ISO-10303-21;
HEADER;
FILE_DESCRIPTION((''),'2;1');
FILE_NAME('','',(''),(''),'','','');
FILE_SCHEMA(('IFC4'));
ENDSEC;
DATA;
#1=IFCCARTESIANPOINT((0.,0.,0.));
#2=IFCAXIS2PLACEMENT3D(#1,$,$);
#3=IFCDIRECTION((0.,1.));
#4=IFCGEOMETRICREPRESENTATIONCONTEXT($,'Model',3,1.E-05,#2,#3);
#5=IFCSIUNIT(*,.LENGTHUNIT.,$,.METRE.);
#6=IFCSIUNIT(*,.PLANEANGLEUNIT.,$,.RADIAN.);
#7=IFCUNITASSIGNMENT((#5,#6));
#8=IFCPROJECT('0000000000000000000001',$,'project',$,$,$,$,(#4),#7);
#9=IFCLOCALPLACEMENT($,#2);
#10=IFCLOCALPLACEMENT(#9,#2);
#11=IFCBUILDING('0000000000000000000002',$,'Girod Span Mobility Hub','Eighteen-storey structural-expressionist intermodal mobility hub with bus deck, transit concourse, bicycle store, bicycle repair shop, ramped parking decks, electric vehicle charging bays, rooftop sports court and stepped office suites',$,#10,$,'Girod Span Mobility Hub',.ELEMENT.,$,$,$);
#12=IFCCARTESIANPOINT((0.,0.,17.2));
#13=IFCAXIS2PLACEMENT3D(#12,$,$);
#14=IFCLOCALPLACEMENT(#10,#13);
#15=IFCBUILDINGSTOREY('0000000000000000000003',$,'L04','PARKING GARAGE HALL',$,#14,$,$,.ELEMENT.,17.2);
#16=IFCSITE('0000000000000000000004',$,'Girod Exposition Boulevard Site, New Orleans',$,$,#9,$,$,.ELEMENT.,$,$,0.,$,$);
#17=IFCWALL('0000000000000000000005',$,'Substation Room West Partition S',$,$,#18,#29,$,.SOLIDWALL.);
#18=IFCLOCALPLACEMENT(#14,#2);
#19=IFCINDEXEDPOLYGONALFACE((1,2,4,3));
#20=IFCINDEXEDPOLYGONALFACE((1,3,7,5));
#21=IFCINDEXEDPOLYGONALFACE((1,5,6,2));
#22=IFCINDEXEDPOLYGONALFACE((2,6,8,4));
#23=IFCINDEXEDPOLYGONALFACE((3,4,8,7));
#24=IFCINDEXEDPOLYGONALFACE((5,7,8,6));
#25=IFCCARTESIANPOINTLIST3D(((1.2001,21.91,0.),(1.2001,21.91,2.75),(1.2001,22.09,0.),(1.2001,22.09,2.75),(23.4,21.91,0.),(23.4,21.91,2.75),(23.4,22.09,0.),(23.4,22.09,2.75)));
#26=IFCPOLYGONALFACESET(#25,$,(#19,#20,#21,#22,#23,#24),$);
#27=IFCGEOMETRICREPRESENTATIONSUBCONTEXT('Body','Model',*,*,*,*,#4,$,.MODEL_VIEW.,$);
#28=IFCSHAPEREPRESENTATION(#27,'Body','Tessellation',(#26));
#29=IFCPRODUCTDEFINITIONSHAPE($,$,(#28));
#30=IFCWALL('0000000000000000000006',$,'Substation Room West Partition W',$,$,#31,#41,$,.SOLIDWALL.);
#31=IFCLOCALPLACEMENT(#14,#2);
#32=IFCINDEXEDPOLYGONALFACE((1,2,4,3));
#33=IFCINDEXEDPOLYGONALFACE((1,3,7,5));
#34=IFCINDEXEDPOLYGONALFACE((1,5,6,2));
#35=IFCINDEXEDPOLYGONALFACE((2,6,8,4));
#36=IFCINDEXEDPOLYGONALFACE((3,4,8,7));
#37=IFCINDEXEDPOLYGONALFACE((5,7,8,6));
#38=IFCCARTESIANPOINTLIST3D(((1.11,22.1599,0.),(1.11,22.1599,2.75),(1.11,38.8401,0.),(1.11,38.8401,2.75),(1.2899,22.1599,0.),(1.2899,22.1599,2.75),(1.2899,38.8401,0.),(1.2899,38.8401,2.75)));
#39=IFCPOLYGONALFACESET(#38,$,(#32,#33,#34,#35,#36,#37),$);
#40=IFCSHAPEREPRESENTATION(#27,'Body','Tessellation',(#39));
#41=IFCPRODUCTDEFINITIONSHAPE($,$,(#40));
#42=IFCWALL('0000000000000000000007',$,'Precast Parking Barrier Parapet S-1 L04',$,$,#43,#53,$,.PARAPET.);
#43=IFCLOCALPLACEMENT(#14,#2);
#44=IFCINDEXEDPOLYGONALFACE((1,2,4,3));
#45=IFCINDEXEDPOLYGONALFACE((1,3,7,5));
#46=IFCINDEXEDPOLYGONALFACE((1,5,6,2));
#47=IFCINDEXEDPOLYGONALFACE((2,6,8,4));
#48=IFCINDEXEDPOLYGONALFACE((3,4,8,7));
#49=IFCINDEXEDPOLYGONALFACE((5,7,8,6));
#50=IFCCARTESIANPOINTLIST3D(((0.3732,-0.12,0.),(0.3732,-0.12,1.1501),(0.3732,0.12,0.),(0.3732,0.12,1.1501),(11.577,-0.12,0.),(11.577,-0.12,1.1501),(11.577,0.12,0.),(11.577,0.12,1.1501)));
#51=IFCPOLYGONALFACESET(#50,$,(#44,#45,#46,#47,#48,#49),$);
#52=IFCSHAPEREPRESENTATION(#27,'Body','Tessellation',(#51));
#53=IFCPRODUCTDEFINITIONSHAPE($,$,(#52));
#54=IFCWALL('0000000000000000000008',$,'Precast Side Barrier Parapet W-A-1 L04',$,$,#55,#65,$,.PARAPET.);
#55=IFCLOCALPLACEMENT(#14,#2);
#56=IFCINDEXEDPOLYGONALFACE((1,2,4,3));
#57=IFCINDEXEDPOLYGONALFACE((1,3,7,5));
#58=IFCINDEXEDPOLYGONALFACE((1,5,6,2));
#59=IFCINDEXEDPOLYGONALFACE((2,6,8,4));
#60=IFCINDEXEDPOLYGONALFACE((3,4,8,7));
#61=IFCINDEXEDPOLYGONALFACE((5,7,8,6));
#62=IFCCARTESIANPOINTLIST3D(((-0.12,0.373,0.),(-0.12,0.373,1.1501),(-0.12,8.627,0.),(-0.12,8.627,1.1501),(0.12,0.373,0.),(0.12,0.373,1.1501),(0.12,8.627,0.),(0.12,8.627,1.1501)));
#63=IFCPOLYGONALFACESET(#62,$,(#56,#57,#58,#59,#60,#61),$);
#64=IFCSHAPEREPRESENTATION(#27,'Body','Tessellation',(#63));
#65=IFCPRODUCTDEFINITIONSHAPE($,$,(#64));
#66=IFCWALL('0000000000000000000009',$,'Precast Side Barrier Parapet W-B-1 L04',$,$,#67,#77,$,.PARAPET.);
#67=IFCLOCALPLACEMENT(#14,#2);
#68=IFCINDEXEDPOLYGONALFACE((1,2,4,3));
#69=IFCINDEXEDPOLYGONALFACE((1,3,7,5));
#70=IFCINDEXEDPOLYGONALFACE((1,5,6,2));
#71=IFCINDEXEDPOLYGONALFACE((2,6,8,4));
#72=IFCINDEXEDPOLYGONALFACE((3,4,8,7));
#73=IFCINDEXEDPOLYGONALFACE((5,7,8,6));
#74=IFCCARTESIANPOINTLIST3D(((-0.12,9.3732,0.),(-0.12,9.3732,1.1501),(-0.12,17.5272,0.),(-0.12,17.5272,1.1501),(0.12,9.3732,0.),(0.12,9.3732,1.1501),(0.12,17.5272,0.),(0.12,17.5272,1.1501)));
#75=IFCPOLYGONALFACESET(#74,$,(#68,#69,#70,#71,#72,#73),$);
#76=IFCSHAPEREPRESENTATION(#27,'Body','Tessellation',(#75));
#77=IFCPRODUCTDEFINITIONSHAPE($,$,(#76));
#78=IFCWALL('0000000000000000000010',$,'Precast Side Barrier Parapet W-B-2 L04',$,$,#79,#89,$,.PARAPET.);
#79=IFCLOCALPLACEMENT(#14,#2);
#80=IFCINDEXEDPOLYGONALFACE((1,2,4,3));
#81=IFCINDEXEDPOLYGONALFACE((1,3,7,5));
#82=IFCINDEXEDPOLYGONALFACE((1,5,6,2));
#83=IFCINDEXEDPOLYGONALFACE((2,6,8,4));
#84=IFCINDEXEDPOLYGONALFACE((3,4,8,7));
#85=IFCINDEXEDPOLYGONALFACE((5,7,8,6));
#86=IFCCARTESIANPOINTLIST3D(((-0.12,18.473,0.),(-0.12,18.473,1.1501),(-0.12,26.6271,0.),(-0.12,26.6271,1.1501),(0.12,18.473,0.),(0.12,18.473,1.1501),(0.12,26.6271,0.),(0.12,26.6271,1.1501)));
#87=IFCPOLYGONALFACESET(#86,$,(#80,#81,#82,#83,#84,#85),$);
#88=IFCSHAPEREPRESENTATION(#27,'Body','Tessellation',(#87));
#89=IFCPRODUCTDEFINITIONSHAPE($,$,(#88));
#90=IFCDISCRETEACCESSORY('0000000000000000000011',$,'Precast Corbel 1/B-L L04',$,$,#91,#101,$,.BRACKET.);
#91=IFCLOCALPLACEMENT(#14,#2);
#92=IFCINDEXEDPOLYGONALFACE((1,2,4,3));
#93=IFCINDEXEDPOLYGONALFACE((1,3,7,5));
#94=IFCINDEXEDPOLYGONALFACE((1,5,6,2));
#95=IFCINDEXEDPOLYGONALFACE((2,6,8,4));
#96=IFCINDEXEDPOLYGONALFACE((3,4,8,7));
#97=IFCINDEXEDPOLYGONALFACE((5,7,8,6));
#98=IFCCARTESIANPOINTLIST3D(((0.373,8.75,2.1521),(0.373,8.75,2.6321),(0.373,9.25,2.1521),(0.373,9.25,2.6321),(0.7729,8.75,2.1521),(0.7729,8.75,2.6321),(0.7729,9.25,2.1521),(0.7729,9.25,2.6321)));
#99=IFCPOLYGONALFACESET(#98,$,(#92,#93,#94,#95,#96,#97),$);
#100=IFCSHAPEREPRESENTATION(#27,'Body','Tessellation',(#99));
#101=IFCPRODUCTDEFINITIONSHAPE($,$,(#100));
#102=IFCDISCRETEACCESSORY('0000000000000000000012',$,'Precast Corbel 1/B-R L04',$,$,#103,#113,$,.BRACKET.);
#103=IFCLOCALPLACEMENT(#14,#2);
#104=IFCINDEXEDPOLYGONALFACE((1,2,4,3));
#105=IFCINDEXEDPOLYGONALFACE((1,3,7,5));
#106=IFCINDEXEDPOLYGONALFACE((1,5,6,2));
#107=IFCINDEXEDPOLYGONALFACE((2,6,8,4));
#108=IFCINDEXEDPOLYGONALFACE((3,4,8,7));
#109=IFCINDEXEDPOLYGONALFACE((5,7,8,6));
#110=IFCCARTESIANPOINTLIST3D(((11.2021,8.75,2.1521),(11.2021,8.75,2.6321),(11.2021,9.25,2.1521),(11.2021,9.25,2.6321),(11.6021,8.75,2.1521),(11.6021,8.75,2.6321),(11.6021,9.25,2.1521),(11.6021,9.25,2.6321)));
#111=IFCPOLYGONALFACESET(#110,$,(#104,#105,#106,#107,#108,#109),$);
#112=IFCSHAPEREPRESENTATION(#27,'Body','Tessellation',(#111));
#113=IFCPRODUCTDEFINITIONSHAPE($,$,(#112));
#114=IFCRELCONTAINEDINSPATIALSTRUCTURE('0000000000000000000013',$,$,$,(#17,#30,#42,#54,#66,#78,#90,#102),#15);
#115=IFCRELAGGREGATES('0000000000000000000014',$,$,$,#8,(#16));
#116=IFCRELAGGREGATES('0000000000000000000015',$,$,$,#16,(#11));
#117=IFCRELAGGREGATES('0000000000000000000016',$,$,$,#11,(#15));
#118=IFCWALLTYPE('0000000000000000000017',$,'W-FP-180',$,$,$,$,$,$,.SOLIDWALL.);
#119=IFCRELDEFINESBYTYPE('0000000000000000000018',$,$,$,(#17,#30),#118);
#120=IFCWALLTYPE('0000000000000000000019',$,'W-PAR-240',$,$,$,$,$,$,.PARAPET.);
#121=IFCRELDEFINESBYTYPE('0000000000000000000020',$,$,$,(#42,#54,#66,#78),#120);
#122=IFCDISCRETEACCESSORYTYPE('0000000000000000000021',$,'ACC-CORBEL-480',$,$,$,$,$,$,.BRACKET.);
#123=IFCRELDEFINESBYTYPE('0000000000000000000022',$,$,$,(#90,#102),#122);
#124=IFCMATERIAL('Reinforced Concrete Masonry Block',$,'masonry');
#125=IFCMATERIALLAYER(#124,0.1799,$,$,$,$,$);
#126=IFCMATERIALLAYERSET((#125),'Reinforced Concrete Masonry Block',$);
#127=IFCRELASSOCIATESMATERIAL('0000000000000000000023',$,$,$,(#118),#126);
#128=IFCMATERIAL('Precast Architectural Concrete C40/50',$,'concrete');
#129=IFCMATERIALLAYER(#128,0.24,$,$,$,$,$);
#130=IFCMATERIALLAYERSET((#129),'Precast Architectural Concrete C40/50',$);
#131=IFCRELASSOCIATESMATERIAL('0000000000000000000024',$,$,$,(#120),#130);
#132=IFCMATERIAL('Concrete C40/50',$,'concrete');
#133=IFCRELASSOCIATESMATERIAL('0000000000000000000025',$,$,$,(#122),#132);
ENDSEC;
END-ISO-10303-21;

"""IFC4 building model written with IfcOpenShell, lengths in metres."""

from ifc_helpers import new_model, si_unit, direction, frame, frame_2d, origin, origin_2d, place, context, subcontext, project, spatial, rectangle, extrude, material, layer, layer_set, type_object, element, save


model = new_model("IFC4")

# Units and contexts
model_context = context("Model", 3, precision=1e-05, world=origin(), true_north=direction((0.0, 1.0)))
body_context = subcontext(model_context, "Body", "Model", "MODEL_VIEW")
ifc_project = project(units=[si_unit("LENGTHUNIT", "METRE"), si_unit("PLANEANGLEUNIT", "RADIAN")], contexts=[model_context])

# Site, building, storey
site_placement = place(None, origin())
site = spatial("IfcSite", under=ifc_project, at=site_placement, Name="Girod Exposition Boulevard Site, New Orleans", CompositionType="ELEMENT", RefElevation=0.0)
building_placement = place(site_placement, origin())
building = spatial("IfcBuilding", under=site, at=building_placement, Name="Girod Span Mobility Hub", Description="Eighteen-storey structural-expressionist intermodal mobility hub with bus deck, transit concourse, bicycle store, bicycle repair shop, ramped parking decks, electric vehicle charging bays, rooftop sports court and stepped office suites", LongName="Girod Span Mobility Hub", CompositionType="ELEMENT")
storey_placement = place(building_placement, frame((0.0, 0.0, 17.2)))
storey = spatial("IfcBuildingStorey", under=building, at=storey_placement, Name="L04", Description="PARKING GARAGE HALL", CompositionType="ELEMENT", Elevation=17.2)

# Walls
ifc_material_1 = material(Name="Reinforced Concrete Masonry Block", Category="masonry")
ifc_layer_1 = layer(ifc_material_1, 0.1799)
ifc_layer_set_1 = layer_set([ifc_layer_1], Name="Reinforced Concrete Masonry Block")
wall_type_1 = type_object("IfcWallType", Name="W-FP-180", PredefinedType="SOLIDWALL", material=ifc_layer_set_1)
wall_1_placement = place(storey_placement, frame((1.2, 22.0, 0.0), z_axis=(0.0, 0.0, 1.0), x_axis=(1.0, 0.0, 0.0)))
element("IfcWall", 1, at=wall_1_placement, inside=storey, type_object=wall_type_1, Name="Substation Room West Partition S", PredefinedType="SOLIDWALL", context=body_context, shape_type="SweptSolid", body=[
    extrude(rectangle(XDim=22.2, YDim=0.1799, at=frame_2d((11.1001, 0.0))), origin(), (0.0, 0.0, 1.0), 2.75),
])
wall_2_placement = place(storey_placement, frame((1.2, 22.1599, 0.0), z_axis=(0.0, 0.0, 1.0), x_axis=(0.0, 1.0, 0.0)))
element("IfcWall", 2, at=wall_2_placement, inside=storey, type_object=wall_type_1, Name="Substation Room West Partition W", PredefinedType="SOLIDWALL", context=body_context, shape_type="SweptSolid", body=[
    extrude(rectangle(XDim=16.6802, YDim=0.1799, at=frame_2d((8.3401, 0.0))), origin(), (0.0, 0.0, 1.0), 2.75),
])
ifc_material_2 = material(Name="Precast Architectural Concrete C40/50", Category="concrete")
ifc_layer_2 = layer(ifc_material_2, 0.24)
ifc_layer_set_2 = layer_set([ifc_layer_2], Name="Precast Architectural Concrete C40/50")
wall_type_2 = type_object("IfcWallType", Name="W-PAR-240", PredefinedType="PARAPET", material=ifc_layer_set_2)
wall_3_placement = place(storey_placement, frame((0.373, 0.0, 0.0), z_axis=(0.0, 0.0, 1.0), x_axis=(1.0, 0.0, 0.0)))
element("IfcWall", 3, at=wall_3_placement, inside=storey, type_object=wall_type_2, Name="Precast Parking Barrier Parapet S-1 L04", PredefinedType="PARAPET", context=body_context, shape_type="SweptSolid", body=[
    extrude(rectangle(XDim=11.2039, YDim=0.24, at=frame_2d((5.6021, 0.0))), origin(), (0.0, 0.0, 1.0), 1.1501),
])
wall_4_placement = place(storey_placement, frame((0.0, 0.373, 0.0), z_axis=(0.0, 0.0, 1.0), x_axis=(0.0, 1.0, 0.0)))
element("IfcWall", 4, at=wall_4_placement, inside=storey, type_object=wall_type_2, Name="Precast Side Barrier Parapet W-A-1 L04", PredefinedType="PARAPET", context=body_context, shape_type="SweptSolid", body=[
    extrude(rectangle(XDim=8.2539, YDim=0.24, at=frame_2d((4.127, 0.0))), origin(), (0.0, 0.0, 1.0), 1.1501),
])
for number, where, z_axis, x_axis, name in (
    (5, (0.0, 9.373, 0.0), (0.0, 0.0, 1.0), (0.0, 1.0, 0.0), "Precast Side Barrier Parapet W-B-1 L04"),
    (6, (0.0, 18.4729, 0.0), (0.0, 0.0, 1.0), (0.0, 1.0, 0.0), "Precast Side Barrier Parapet W-B-2 L04"),
):
    element("IfcWall", number, at=place(storey_placement, frame(where, z_axis=z_axis, x_axis=x_axis)), inside=storey, type_object=wall_type_2, Name=name, PredefinedType="PARAPET", context=body_context, shape_type="SweptSolid", body=[
        extrude(rectangle(XDim=8.1541, YDim=0.24, at=frame_2d((4.0771, 0.0))), origin(), (0.0, 0.0, 1.0), 1.1501),
    ])

# Discrete accessories
ifc_material_3 = material(Name="Concrete C40/50", Category="concrete")
discrete_accessory_type = type_object("IfcDiscreteAccessoryType", Name="ACC-CORBEL-480", PredefinedType="BRACKET", material=ifc_material_3)
for number, where, z_axis, x_axis, name in (
    (7, (0.573, 9.0, 2.1521), (0.0, 0.0, 1.0), (1.0, 0.0, 0.0), "Precast Corbel 1/B-L L04"),
    (8, (11.4021, 9.0, 2.1521), (0.0, 0.0, 1.0), (1.0, 0.0, 0.0), "Precast Corbel 1/B-R L04"),
):
    element("IfcDiscreteAccessory", number, at=place(storey_placement, frame(where, z_axis=z_axis, x_axis=x_axis)), inside=storey, type_object=discrete_accessory_type, Name=name, PredefinedType="BRACKET", context=body_context, shape_type="SweptSolid", body=[
        extrude(rectangle(XDim=0.3999, YDim=0.5, at=origin_2d()), origin(), (0.0, 0.0, 1.0), 0.48),
    ])

save(model, "model.ifc")
